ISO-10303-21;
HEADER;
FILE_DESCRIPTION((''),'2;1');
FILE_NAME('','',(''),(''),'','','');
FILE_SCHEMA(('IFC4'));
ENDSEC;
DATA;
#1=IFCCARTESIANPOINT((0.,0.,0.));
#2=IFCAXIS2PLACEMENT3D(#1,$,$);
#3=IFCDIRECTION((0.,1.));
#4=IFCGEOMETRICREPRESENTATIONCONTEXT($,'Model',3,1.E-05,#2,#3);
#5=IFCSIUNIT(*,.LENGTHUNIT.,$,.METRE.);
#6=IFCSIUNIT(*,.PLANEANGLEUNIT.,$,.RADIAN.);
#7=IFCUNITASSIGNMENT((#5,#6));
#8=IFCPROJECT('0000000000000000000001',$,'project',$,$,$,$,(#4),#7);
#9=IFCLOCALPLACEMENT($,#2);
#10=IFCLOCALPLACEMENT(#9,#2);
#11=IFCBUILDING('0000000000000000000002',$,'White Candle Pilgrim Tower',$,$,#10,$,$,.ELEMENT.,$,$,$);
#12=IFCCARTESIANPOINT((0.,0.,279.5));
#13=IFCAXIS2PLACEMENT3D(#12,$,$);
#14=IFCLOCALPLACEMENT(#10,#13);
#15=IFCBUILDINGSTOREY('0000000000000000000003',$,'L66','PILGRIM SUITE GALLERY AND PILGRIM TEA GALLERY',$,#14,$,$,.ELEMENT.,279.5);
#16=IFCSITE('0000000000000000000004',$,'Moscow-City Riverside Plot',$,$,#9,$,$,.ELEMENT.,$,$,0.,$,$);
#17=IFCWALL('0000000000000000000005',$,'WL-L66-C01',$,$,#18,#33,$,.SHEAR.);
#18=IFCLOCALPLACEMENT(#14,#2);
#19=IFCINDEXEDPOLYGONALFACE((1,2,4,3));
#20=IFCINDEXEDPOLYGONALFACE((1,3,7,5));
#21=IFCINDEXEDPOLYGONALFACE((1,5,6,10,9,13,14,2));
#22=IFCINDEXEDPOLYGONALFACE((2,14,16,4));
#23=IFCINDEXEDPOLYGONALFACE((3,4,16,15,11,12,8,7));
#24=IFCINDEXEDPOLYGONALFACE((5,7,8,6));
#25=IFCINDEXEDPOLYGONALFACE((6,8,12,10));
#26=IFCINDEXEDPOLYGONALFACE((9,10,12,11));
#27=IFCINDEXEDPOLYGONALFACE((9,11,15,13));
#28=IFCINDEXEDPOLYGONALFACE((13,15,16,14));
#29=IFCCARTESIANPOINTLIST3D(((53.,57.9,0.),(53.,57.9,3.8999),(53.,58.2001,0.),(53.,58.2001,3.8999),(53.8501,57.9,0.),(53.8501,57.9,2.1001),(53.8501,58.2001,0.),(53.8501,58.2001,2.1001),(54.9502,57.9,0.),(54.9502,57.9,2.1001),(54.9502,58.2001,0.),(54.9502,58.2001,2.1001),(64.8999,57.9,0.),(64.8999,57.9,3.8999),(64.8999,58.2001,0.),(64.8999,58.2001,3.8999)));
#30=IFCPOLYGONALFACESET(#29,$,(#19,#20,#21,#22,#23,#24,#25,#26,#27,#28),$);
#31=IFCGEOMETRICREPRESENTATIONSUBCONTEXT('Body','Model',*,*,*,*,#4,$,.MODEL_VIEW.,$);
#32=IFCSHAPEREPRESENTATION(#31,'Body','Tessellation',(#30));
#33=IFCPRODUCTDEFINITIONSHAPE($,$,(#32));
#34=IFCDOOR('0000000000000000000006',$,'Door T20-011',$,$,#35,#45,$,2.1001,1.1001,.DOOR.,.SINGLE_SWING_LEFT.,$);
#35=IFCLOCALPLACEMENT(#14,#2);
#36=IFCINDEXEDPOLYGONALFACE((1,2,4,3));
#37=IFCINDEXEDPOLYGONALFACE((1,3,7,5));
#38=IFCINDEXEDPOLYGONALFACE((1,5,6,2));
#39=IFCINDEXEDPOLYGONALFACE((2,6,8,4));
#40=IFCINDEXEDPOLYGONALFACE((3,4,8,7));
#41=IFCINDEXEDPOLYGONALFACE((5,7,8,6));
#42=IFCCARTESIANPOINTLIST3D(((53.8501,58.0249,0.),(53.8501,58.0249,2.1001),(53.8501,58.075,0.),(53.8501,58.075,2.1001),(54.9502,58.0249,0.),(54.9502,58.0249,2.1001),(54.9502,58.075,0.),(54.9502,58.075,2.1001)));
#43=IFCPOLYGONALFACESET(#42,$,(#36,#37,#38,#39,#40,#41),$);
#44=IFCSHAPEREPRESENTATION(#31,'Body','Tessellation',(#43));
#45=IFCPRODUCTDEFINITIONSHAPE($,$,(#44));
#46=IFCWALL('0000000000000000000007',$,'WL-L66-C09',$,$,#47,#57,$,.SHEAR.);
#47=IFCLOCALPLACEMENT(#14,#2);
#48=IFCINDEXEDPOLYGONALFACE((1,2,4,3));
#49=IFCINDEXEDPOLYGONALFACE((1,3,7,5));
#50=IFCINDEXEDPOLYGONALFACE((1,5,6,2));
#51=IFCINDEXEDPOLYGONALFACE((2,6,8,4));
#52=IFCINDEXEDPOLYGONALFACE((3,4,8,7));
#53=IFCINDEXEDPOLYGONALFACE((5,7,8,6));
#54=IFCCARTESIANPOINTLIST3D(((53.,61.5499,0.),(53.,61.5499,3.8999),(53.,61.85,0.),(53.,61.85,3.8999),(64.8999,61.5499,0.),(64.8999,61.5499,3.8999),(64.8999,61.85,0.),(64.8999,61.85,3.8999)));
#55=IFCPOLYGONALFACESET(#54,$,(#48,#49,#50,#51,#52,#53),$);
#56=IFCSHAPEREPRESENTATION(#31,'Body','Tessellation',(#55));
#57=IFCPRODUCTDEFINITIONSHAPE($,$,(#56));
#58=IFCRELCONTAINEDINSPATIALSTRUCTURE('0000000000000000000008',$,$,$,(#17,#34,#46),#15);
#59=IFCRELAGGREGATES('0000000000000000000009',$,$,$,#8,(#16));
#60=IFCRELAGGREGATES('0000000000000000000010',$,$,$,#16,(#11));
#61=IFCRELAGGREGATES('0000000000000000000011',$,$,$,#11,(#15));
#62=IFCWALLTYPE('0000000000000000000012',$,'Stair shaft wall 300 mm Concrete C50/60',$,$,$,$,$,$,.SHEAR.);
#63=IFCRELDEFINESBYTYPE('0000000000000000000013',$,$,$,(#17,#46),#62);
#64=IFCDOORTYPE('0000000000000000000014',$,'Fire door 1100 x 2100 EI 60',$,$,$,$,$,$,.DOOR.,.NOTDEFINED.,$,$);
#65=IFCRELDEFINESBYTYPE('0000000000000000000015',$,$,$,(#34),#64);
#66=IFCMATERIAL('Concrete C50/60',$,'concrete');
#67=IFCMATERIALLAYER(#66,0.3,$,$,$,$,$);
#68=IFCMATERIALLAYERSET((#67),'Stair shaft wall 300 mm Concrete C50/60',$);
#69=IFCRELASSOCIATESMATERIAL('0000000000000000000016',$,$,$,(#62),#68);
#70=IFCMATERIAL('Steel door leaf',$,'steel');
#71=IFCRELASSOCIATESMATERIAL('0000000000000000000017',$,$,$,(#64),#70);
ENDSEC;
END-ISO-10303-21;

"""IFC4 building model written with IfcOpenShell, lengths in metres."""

from ifc_helpers import new_model, si_unit, direction, frame, frame_2d, origin, place, context, subcontext, project, spatial, rectangle, extrude, material, layer, layer_set, type_object, element, fill, save


model = new_model("IFC4")

# Units and contexts
model_context = context("Model", 3, precision=1e-05, world=origin(), true_north=direction((0.0, 1.0)))
body_context = subcontext(model_context, "Body", "Model", "MODEL_VIEW")
ifc_project = project(units=[si_unit("LENGTHUNIT", "METRE"), si_unit("PLANEANGLEUNIT", "RADIAN")], contexts=[model_context])

# Site, building, storey
site_placement = place(None, origin())
site = spatial("IfcSite", under=ifc_project, at=site_placement, Name="Moscow-City Riverside Plot", CompositionType="ELEMENT", RefElevation=0.0)
building_placement = place(site_placement, origin())
building = spatial("IfcBuilding", under=site, at=building_placement, Name="White Candle Pilgrim Tower", CompositionType="ELEMENT")
storey_placement = place(building_placement, frame((0.0, 0.0, 279.5)))
storey = spatial("IfcBuildingStorey", under=building, at=storey_placement, Name="L66", Description="PILGRIM SUITE GALLERY AND PILGRIM TEA GALLERY", CompositionType="ELEMENT", Elevation=279.5)

# Shared definitions
ifc_material_1 = material(Name="Concrete C50/60", Category="concrete")

# Shared definitions
ifc_material_2 = material(Name="Steel door leaf", Category="steel")

# Wall, opening, door
ifc_layer_1 = layer(ifc_material_1, 0.3)
ifc_layer_set_1 = layer_set([ifc_layer_1], Name="Stair shaft wall 300 mm Concrete C50/60")
wall_type_1 = type_object("IfcWallType", Name="Stair shaft wall 300 mm Concrete C50/60", PredefinedType="SHEAR", material=ifc_layer_set_1)
wall_1_placement = place(storey_placement, frame((53.0, 58.05, 0.0), z_axis=(0.0, 0.0, 1.0), x_axis=(1.0, 0.0, 0.0)))
wall_1 = element("IfcWall", 1, at=wall_1_placement, inside=storey, type_object=wall_type_1, Name="WL-L66-C01", PredefinedType="SHEAR", context=body_context, shape_type="SweptSolid", body=[
    extrude(rectangle(XDim=11.8999, YDim=0.3, at=frame_2d((5.95, 0.0))), origin(), (0.0, 0.0, 1.0), 3.8999),
])
opening_1_placement = place(wall_1_placement, frame((0.8501, 0.0, 0.0)))
opening_1 = element("IfcOpeningElement", 2, at=opening_1_placement, cuts=wall_1, PredefinedType="OPENING", context=body_context, shape_type="SweptSolid", body=[
    extrude(rectangle(XDim=1.1001, YDim=2.1001, at=frame_2d((0.55, 1.05))), frame((0.0, 0.1599, 0.0), z_axis=(0.0, -1.0, 0.0), x_axis=(1.0, 0.0, 0.0)), (0.0, 0.0, 1.0), 0.3201),
])
door_type_1 = type_object("IfcDoorType", Name="Fire door 1100 x 2100 EI 60", OperationType="NOTDEFINED", PredefinedType="DOOR", material=ifc_material_2)
door_1_placement = place(opening_1_placement, origin())
door_1 = element("IfcDoor", 3, at=door_1_placement, inside=storey, type_object=door_type_1, Name="Door T20-011", OperationType="SINGLE_SWING_LEFT", OverallHeight=2.1001, OverallWidth=1.1001, PredefinedType="DOOR", context=body_context, shape_type="SweptSolid", body=[
    extrude(rectangle(XDim=1.1001, YDim=2.1001, at=frame_2d((0.55, 1.05))), frame((0.0, 0.0249, 0.0), z_axis=(0.0, -1.0, 0.0), x_axis=(1.0, 0.0, 0.0)), (0.0, 0.0, 1.0), 0.05),
])
fill(opening_1, door_1)

# Wall
wall_2_placement = place(storey_placement, frame((53.0, 61.7, 0.0), z_axis=(0.0, 0.0, 1.0), x_axis=(1.0, 0.0, 0.0)))
element("IfcWall", 4, at=wall_2_placement, inside=storey, type_object=wall_type_1, Name="WL-L66-C09", PredefinedType="SHEAR", context=body_context, shape_type="SweptSolid", body=[
    extrude(rectangle(XDim=11.8999, YDim=0.3, at=frame_2d((5.95, 0.0))), origin(), (0.0, 0.0, 1.0), 3.8999),
])

save(model, "model.ifc")
